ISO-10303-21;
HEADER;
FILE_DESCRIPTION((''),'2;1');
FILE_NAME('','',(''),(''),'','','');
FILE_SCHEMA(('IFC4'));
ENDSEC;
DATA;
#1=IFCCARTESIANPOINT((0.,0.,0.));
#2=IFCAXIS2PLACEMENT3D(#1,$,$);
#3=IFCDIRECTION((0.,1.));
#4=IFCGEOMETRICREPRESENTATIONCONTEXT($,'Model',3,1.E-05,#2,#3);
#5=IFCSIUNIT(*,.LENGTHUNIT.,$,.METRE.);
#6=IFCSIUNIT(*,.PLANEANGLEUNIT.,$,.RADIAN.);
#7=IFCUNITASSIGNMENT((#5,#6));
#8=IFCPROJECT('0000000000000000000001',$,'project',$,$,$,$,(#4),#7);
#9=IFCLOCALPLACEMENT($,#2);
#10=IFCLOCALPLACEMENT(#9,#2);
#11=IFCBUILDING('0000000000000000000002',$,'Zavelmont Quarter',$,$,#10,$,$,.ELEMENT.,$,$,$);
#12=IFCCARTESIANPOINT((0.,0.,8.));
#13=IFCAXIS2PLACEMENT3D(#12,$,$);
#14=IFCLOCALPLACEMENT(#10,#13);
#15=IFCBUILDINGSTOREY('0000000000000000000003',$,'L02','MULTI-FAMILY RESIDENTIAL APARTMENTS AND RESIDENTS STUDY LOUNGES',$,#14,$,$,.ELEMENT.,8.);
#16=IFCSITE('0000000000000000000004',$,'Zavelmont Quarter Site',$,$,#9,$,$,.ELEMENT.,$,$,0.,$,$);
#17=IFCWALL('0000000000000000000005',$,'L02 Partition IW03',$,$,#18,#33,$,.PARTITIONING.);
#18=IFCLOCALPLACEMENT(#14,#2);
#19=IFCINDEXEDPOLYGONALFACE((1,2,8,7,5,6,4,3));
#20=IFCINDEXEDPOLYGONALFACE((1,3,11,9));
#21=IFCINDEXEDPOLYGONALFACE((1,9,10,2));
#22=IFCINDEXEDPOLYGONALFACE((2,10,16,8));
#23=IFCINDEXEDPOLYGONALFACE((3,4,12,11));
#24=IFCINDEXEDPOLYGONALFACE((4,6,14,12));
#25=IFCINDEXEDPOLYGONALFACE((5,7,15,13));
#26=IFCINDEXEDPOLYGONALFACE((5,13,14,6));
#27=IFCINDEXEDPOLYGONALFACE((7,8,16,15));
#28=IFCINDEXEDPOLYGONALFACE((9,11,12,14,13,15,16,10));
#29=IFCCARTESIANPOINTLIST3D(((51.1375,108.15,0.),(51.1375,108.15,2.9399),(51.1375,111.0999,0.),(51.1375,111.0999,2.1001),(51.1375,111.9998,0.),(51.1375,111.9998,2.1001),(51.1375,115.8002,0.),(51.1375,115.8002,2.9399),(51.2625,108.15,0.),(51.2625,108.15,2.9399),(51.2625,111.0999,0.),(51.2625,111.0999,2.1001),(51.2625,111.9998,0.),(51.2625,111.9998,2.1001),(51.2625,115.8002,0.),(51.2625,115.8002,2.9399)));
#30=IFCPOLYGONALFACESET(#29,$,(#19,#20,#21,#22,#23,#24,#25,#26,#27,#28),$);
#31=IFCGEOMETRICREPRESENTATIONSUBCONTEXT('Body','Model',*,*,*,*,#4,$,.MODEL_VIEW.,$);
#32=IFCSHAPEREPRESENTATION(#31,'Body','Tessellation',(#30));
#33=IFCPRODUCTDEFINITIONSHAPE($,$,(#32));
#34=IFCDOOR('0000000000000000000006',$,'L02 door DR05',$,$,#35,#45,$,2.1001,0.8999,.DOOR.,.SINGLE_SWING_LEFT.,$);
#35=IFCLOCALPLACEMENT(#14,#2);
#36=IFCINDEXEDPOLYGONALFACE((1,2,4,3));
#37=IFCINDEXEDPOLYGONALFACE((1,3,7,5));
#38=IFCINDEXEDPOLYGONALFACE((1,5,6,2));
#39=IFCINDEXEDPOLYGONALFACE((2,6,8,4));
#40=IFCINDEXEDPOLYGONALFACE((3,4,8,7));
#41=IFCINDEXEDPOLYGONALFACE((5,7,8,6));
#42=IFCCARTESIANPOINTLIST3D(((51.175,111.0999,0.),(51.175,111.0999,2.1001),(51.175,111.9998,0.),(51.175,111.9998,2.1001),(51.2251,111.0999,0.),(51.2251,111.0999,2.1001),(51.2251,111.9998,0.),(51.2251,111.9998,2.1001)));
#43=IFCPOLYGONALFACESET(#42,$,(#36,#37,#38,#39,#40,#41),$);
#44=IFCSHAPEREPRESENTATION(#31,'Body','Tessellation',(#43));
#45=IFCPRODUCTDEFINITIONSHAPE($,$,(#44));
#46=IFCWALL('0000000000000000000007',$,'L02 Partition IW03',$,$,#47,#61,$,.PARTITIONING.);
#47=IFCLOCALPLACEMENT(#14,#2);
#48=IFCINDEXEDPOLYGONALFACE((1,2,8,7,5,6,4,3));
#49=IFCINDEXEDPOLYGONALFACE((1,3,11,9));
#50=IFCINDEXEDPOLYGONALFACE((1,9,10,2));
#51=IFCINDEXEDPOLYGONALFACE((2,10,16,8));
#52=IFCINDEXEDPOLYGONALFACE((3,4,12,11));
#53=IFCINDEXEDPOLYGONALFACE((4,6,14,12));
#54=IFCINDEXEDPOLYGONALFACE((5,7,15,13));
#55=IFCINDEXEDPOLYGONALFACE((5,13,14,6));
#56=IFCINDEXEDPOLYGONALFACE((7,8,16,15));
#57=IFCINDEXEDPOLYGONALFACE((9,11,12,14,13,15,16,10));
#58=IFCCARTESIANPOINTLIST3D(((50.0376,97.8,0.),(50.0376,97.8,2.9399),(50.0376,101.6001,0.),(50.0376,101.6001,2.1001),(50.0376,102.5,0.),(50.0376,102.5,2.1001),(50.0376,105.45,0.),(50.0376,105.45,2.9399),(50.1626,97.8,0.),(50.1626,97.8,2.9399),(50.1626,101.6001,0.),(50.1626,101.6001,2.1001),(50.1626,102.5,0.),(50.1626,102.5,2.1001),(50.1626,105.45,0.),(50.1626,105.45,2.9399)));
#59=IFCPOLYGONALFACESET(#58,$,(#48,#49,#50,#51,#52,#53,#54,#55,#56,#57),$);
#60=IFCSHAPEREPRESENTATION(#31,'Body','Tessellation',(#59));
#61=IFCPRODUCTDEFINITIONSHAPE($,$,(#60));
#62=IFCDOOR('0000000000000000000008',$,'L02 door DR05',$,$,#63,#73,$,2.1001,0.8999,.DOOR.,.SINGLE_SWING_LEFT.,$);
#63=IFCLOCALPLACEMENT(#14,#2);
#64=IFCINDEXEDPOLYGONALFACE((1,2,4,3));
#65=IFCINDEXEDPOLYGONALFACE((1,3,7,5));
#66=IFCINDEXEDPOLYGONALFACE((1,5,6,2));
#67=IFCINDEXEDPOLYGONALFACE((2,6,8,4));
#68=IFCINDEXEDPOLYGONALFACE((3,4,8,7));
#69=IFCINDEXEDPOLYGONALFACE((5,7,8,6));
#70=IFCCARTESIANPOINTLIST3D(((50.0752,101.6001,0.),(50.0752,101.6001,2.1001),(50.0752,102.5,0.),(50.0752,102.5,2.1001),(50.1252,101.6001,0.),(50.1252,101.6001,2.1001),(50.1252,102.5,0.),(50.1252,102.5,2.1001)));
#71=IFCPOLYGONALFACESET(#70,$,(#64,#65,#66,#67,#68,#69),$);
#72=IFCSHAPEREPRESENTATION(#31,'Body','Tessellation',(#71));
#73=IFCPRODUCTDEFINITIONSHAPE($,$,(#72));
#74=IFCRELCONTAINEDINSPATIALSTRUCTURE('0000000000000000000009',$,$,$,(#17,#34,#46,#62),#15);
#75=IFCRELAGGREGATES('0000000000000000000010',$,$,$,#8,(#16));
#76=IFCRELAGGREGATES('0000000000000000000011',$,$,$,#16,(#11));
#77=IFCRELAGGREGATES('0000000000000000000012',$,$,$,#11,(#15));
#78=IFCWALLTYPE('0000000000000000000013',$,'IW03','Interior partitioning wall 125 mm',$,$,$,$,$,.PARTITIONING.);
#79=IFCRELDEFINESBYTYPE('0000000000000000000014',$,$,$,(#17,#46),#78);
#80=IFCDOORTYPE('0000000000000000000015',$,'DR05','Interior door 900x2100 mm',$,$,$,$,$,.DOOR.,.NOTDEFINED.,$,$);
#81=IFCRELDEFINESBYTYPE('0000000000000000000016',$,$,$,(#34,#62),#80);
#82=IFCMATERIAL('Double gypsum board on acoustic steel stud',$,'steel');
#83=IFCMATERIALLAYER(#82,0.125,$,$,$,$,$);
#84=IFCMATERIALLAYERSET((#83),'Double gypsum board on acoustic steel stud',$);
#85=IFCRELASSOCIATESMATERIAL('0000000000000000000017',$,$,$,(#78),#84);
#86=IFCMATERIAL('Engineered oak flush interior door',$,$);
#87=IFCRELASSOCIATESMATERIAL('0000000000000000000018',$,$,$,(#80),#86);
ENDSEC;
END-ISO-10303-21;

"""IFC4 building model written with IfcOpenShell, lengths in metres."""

from ifc_helpers import new_model, si_unit, direction, frame, frame_2d, origin, origin_with_axes, place, context, subcontext, project, spatial, rectangle, extrude, material, layer, layer_set, type_object, element, fill, save


model = new_model("IFC4")

# Units and contexts
model_context = context("Model", 3, precision=1e-05, world=origin(), true_north=direction((0.0, 1.0)))
body_context = subcontext(model_context, "Body", "Model", "MODEL_VIEW")
ifc_project = project(units=[si_unit("LENGTHUNIT", "METRE"), si_unit("PLANEANGLEUNIT", "RADIAN")], contexts=[model_context])

# Site, building, storey
site_placement = place(None, origin())
site = spatial("IfcSite", under=ifc_project, at=site_placement, Name="Zavelmont Quarter Site", CompositionType="ELEMENT", RefElevation=0.0)
building_placement = place(site_placement, origin())
building = spatial("IfcBuilding", under=site, at=building_placement, Name="Zavelmont Quarter", CompositionType="ELEMENT")
storey_placement = place(building_placement, frame((0.0, 0.0, 8.0)))
storey = spatial("IfcBuildingStorey", under=building, at=storey_placement, Name="L02", Description="MULTI-FAMILY RESIDENTIAL APARTMENTS AND RESIDENTS STUDY LOUNGES", CompositionType="ELEMENT", Elevation=8.0)

# Walls, openings, doors
ifc_material_1 = material(Name="Double gypsum board on acoustic steel stud", Category="steel")
ifc_layer_1 = layer(ifc_material_1, 0.125)
ifc_layer_set_1 = layer_set([ifc_layer_1], Name="Double gypsum board on acoustic steel stud")
wall_type = type_object("IfcWallType", Name="IW03", Description="Interior partitioning wall 125 mm", PredefinedType="PARTITIONING", material=ifc_layer_set_1)
wall_1_placement = place(storey_placement, frame((51.2, 108.1499, 0.0), z_axis=(0.0, 0.0, 1.0), x_axis=(0.0, 1.0, 0.0)))
wall_1 = element("IfcWall", 1, at=wall_1_placement, inside=storey, type_object=wall_type, Name="L02 Partition IW03", PredefinedType="PARTITIONING", context=body_context, shape_type="SweptSolid", body=[
    extrude(rectangle(XDim=7.6501, YDim=0.125, at=frame_2d((3.8252, 0.0))), origin(), (0.0, 0.0, 1.0), 2.9399),
])
opening_1_placement = place(wall_1_placement, frame((2.95, 0.0, 0.0)))
opening_1 = element("IfcOpeningElement", 2, at=opening_1_placement, cuts=wall_1, PredefinedType="OPENING", context=body_context, shape_type="SweptSolid", body=[
    extrude(rectangle(XDim=0.8999, YDim=2.1001, at=frame_2d((0.45, 1.05))), frame((0.0, 0.0745, 0.0), z_axis=(0.0, -1.0, 0.0), x_axis=(1.0, 0.0, 0.0)), (0.0, 0.0, 1.0), 0.1489),
])
ifc_material_2 = material(Name="Engineered oak flush interior door")
door_type = type_object("IfcDoorType", Name="DR05", Description="Interior door 900x2100 mm", OperationType="NOTDEFINED", PredefinedType="DOOR", material=ifc_material_2)
door_1_placement = place(opening_1_placement, origin_with_axes())
door_1 = element("IfcDoor", 3, at=door_1_placement, inside=storey, type_object=door_type, Name="L02 door DR05", OperationType="SINGLE_SWING_LEFT", OverallHeight=2.1001, OverallWidth=0.8999, PredefinedType="DOOR", context=body_context, shape_type="SweptSolid", body=[
    extrude(rectangle(XDim=0.8999, YDim=2.1001, at=frame_2d((0.45, 1.05))), frame((0.0, 0.0249, 0.0), z_axis=(0.0, -1.0, 0.0), x_axis=(1.0, 0.0, 0.0)), (0.0, 0.0, 1.0), 0.05),
])
fill(opening_1, door_1)
wall_2_placement = place(storey_placement, frame((50.1001, 105.45, 0.0), z_axis=(0.0, 0.0, 1.0), x_axis=(0.0, -1.0, 0.0)))
wall_2 = element("IfcWall", 4, at=wall_2_placement, inside=storey, type_object=wall_type, Name="L02 Partition IW03", PredefinedType="PARTITIONING", context=body_context, shape_type="SweptSolid", body=[
    extrude(rectangle(XDim=7.6499, YDim=0.125, at=frame_2d((3.825, 0.0))), origin(), (0.0, 0.0, 1.0), 2.9399),
])
opening_2_placement = place(wall_2_placement, frame((2.95, 0.0, 0.0)))
opening_2 = element("IfcOpeningElement", 5, at=opening_2_placement, cuts=wall_2, PredefinedType="OPENING", context=body_context, shape_type="SweptSolid", body=[
    extrude(rectangle(XDim=0.8999, YDim=2.1001, at=frame_2d((0.45, 1.05))), frame((0.0, 0.0745, 0.0), z_axis=(0.0, -1.0, 0.0), x_axis=(1.0, 0.0, 0.0)), (0.0, 0.0, 1.0), 0.1489),
])
door_2_placement = place(opening_2_placement, frame((0.8999, 0.0, 0.0), z_axis=(0.0, 0.0, 1.0), x_axis=(-1.0, 0.0, 0.0)))
door_2 = element("IfcDoor", 6, at=door_2_placement, inside=storey, type_object=door_type, Name="L02 door DR05", OperationType="SINGLE_SWING_LEFT", OverallHeight=2.1001, OverallWidth=0.8999, PredefinedType="DOOR", context=body_context, shape_type="SweptSolid", body=[
    extrude(rectangle(XDim=0.8999, YDim=2.1001, at=frame_2d((0.45, 1.05))), frame((0.0, 0.0249, 0.0), z_axis=(0.0, -1.0, 0.0), x_axis=(1.0, 0.0, 0.0)), (0.0, 0.0, 1.0), 0.05),
])
fill(opening_2, door_2)

save(model, "model.ifc")
